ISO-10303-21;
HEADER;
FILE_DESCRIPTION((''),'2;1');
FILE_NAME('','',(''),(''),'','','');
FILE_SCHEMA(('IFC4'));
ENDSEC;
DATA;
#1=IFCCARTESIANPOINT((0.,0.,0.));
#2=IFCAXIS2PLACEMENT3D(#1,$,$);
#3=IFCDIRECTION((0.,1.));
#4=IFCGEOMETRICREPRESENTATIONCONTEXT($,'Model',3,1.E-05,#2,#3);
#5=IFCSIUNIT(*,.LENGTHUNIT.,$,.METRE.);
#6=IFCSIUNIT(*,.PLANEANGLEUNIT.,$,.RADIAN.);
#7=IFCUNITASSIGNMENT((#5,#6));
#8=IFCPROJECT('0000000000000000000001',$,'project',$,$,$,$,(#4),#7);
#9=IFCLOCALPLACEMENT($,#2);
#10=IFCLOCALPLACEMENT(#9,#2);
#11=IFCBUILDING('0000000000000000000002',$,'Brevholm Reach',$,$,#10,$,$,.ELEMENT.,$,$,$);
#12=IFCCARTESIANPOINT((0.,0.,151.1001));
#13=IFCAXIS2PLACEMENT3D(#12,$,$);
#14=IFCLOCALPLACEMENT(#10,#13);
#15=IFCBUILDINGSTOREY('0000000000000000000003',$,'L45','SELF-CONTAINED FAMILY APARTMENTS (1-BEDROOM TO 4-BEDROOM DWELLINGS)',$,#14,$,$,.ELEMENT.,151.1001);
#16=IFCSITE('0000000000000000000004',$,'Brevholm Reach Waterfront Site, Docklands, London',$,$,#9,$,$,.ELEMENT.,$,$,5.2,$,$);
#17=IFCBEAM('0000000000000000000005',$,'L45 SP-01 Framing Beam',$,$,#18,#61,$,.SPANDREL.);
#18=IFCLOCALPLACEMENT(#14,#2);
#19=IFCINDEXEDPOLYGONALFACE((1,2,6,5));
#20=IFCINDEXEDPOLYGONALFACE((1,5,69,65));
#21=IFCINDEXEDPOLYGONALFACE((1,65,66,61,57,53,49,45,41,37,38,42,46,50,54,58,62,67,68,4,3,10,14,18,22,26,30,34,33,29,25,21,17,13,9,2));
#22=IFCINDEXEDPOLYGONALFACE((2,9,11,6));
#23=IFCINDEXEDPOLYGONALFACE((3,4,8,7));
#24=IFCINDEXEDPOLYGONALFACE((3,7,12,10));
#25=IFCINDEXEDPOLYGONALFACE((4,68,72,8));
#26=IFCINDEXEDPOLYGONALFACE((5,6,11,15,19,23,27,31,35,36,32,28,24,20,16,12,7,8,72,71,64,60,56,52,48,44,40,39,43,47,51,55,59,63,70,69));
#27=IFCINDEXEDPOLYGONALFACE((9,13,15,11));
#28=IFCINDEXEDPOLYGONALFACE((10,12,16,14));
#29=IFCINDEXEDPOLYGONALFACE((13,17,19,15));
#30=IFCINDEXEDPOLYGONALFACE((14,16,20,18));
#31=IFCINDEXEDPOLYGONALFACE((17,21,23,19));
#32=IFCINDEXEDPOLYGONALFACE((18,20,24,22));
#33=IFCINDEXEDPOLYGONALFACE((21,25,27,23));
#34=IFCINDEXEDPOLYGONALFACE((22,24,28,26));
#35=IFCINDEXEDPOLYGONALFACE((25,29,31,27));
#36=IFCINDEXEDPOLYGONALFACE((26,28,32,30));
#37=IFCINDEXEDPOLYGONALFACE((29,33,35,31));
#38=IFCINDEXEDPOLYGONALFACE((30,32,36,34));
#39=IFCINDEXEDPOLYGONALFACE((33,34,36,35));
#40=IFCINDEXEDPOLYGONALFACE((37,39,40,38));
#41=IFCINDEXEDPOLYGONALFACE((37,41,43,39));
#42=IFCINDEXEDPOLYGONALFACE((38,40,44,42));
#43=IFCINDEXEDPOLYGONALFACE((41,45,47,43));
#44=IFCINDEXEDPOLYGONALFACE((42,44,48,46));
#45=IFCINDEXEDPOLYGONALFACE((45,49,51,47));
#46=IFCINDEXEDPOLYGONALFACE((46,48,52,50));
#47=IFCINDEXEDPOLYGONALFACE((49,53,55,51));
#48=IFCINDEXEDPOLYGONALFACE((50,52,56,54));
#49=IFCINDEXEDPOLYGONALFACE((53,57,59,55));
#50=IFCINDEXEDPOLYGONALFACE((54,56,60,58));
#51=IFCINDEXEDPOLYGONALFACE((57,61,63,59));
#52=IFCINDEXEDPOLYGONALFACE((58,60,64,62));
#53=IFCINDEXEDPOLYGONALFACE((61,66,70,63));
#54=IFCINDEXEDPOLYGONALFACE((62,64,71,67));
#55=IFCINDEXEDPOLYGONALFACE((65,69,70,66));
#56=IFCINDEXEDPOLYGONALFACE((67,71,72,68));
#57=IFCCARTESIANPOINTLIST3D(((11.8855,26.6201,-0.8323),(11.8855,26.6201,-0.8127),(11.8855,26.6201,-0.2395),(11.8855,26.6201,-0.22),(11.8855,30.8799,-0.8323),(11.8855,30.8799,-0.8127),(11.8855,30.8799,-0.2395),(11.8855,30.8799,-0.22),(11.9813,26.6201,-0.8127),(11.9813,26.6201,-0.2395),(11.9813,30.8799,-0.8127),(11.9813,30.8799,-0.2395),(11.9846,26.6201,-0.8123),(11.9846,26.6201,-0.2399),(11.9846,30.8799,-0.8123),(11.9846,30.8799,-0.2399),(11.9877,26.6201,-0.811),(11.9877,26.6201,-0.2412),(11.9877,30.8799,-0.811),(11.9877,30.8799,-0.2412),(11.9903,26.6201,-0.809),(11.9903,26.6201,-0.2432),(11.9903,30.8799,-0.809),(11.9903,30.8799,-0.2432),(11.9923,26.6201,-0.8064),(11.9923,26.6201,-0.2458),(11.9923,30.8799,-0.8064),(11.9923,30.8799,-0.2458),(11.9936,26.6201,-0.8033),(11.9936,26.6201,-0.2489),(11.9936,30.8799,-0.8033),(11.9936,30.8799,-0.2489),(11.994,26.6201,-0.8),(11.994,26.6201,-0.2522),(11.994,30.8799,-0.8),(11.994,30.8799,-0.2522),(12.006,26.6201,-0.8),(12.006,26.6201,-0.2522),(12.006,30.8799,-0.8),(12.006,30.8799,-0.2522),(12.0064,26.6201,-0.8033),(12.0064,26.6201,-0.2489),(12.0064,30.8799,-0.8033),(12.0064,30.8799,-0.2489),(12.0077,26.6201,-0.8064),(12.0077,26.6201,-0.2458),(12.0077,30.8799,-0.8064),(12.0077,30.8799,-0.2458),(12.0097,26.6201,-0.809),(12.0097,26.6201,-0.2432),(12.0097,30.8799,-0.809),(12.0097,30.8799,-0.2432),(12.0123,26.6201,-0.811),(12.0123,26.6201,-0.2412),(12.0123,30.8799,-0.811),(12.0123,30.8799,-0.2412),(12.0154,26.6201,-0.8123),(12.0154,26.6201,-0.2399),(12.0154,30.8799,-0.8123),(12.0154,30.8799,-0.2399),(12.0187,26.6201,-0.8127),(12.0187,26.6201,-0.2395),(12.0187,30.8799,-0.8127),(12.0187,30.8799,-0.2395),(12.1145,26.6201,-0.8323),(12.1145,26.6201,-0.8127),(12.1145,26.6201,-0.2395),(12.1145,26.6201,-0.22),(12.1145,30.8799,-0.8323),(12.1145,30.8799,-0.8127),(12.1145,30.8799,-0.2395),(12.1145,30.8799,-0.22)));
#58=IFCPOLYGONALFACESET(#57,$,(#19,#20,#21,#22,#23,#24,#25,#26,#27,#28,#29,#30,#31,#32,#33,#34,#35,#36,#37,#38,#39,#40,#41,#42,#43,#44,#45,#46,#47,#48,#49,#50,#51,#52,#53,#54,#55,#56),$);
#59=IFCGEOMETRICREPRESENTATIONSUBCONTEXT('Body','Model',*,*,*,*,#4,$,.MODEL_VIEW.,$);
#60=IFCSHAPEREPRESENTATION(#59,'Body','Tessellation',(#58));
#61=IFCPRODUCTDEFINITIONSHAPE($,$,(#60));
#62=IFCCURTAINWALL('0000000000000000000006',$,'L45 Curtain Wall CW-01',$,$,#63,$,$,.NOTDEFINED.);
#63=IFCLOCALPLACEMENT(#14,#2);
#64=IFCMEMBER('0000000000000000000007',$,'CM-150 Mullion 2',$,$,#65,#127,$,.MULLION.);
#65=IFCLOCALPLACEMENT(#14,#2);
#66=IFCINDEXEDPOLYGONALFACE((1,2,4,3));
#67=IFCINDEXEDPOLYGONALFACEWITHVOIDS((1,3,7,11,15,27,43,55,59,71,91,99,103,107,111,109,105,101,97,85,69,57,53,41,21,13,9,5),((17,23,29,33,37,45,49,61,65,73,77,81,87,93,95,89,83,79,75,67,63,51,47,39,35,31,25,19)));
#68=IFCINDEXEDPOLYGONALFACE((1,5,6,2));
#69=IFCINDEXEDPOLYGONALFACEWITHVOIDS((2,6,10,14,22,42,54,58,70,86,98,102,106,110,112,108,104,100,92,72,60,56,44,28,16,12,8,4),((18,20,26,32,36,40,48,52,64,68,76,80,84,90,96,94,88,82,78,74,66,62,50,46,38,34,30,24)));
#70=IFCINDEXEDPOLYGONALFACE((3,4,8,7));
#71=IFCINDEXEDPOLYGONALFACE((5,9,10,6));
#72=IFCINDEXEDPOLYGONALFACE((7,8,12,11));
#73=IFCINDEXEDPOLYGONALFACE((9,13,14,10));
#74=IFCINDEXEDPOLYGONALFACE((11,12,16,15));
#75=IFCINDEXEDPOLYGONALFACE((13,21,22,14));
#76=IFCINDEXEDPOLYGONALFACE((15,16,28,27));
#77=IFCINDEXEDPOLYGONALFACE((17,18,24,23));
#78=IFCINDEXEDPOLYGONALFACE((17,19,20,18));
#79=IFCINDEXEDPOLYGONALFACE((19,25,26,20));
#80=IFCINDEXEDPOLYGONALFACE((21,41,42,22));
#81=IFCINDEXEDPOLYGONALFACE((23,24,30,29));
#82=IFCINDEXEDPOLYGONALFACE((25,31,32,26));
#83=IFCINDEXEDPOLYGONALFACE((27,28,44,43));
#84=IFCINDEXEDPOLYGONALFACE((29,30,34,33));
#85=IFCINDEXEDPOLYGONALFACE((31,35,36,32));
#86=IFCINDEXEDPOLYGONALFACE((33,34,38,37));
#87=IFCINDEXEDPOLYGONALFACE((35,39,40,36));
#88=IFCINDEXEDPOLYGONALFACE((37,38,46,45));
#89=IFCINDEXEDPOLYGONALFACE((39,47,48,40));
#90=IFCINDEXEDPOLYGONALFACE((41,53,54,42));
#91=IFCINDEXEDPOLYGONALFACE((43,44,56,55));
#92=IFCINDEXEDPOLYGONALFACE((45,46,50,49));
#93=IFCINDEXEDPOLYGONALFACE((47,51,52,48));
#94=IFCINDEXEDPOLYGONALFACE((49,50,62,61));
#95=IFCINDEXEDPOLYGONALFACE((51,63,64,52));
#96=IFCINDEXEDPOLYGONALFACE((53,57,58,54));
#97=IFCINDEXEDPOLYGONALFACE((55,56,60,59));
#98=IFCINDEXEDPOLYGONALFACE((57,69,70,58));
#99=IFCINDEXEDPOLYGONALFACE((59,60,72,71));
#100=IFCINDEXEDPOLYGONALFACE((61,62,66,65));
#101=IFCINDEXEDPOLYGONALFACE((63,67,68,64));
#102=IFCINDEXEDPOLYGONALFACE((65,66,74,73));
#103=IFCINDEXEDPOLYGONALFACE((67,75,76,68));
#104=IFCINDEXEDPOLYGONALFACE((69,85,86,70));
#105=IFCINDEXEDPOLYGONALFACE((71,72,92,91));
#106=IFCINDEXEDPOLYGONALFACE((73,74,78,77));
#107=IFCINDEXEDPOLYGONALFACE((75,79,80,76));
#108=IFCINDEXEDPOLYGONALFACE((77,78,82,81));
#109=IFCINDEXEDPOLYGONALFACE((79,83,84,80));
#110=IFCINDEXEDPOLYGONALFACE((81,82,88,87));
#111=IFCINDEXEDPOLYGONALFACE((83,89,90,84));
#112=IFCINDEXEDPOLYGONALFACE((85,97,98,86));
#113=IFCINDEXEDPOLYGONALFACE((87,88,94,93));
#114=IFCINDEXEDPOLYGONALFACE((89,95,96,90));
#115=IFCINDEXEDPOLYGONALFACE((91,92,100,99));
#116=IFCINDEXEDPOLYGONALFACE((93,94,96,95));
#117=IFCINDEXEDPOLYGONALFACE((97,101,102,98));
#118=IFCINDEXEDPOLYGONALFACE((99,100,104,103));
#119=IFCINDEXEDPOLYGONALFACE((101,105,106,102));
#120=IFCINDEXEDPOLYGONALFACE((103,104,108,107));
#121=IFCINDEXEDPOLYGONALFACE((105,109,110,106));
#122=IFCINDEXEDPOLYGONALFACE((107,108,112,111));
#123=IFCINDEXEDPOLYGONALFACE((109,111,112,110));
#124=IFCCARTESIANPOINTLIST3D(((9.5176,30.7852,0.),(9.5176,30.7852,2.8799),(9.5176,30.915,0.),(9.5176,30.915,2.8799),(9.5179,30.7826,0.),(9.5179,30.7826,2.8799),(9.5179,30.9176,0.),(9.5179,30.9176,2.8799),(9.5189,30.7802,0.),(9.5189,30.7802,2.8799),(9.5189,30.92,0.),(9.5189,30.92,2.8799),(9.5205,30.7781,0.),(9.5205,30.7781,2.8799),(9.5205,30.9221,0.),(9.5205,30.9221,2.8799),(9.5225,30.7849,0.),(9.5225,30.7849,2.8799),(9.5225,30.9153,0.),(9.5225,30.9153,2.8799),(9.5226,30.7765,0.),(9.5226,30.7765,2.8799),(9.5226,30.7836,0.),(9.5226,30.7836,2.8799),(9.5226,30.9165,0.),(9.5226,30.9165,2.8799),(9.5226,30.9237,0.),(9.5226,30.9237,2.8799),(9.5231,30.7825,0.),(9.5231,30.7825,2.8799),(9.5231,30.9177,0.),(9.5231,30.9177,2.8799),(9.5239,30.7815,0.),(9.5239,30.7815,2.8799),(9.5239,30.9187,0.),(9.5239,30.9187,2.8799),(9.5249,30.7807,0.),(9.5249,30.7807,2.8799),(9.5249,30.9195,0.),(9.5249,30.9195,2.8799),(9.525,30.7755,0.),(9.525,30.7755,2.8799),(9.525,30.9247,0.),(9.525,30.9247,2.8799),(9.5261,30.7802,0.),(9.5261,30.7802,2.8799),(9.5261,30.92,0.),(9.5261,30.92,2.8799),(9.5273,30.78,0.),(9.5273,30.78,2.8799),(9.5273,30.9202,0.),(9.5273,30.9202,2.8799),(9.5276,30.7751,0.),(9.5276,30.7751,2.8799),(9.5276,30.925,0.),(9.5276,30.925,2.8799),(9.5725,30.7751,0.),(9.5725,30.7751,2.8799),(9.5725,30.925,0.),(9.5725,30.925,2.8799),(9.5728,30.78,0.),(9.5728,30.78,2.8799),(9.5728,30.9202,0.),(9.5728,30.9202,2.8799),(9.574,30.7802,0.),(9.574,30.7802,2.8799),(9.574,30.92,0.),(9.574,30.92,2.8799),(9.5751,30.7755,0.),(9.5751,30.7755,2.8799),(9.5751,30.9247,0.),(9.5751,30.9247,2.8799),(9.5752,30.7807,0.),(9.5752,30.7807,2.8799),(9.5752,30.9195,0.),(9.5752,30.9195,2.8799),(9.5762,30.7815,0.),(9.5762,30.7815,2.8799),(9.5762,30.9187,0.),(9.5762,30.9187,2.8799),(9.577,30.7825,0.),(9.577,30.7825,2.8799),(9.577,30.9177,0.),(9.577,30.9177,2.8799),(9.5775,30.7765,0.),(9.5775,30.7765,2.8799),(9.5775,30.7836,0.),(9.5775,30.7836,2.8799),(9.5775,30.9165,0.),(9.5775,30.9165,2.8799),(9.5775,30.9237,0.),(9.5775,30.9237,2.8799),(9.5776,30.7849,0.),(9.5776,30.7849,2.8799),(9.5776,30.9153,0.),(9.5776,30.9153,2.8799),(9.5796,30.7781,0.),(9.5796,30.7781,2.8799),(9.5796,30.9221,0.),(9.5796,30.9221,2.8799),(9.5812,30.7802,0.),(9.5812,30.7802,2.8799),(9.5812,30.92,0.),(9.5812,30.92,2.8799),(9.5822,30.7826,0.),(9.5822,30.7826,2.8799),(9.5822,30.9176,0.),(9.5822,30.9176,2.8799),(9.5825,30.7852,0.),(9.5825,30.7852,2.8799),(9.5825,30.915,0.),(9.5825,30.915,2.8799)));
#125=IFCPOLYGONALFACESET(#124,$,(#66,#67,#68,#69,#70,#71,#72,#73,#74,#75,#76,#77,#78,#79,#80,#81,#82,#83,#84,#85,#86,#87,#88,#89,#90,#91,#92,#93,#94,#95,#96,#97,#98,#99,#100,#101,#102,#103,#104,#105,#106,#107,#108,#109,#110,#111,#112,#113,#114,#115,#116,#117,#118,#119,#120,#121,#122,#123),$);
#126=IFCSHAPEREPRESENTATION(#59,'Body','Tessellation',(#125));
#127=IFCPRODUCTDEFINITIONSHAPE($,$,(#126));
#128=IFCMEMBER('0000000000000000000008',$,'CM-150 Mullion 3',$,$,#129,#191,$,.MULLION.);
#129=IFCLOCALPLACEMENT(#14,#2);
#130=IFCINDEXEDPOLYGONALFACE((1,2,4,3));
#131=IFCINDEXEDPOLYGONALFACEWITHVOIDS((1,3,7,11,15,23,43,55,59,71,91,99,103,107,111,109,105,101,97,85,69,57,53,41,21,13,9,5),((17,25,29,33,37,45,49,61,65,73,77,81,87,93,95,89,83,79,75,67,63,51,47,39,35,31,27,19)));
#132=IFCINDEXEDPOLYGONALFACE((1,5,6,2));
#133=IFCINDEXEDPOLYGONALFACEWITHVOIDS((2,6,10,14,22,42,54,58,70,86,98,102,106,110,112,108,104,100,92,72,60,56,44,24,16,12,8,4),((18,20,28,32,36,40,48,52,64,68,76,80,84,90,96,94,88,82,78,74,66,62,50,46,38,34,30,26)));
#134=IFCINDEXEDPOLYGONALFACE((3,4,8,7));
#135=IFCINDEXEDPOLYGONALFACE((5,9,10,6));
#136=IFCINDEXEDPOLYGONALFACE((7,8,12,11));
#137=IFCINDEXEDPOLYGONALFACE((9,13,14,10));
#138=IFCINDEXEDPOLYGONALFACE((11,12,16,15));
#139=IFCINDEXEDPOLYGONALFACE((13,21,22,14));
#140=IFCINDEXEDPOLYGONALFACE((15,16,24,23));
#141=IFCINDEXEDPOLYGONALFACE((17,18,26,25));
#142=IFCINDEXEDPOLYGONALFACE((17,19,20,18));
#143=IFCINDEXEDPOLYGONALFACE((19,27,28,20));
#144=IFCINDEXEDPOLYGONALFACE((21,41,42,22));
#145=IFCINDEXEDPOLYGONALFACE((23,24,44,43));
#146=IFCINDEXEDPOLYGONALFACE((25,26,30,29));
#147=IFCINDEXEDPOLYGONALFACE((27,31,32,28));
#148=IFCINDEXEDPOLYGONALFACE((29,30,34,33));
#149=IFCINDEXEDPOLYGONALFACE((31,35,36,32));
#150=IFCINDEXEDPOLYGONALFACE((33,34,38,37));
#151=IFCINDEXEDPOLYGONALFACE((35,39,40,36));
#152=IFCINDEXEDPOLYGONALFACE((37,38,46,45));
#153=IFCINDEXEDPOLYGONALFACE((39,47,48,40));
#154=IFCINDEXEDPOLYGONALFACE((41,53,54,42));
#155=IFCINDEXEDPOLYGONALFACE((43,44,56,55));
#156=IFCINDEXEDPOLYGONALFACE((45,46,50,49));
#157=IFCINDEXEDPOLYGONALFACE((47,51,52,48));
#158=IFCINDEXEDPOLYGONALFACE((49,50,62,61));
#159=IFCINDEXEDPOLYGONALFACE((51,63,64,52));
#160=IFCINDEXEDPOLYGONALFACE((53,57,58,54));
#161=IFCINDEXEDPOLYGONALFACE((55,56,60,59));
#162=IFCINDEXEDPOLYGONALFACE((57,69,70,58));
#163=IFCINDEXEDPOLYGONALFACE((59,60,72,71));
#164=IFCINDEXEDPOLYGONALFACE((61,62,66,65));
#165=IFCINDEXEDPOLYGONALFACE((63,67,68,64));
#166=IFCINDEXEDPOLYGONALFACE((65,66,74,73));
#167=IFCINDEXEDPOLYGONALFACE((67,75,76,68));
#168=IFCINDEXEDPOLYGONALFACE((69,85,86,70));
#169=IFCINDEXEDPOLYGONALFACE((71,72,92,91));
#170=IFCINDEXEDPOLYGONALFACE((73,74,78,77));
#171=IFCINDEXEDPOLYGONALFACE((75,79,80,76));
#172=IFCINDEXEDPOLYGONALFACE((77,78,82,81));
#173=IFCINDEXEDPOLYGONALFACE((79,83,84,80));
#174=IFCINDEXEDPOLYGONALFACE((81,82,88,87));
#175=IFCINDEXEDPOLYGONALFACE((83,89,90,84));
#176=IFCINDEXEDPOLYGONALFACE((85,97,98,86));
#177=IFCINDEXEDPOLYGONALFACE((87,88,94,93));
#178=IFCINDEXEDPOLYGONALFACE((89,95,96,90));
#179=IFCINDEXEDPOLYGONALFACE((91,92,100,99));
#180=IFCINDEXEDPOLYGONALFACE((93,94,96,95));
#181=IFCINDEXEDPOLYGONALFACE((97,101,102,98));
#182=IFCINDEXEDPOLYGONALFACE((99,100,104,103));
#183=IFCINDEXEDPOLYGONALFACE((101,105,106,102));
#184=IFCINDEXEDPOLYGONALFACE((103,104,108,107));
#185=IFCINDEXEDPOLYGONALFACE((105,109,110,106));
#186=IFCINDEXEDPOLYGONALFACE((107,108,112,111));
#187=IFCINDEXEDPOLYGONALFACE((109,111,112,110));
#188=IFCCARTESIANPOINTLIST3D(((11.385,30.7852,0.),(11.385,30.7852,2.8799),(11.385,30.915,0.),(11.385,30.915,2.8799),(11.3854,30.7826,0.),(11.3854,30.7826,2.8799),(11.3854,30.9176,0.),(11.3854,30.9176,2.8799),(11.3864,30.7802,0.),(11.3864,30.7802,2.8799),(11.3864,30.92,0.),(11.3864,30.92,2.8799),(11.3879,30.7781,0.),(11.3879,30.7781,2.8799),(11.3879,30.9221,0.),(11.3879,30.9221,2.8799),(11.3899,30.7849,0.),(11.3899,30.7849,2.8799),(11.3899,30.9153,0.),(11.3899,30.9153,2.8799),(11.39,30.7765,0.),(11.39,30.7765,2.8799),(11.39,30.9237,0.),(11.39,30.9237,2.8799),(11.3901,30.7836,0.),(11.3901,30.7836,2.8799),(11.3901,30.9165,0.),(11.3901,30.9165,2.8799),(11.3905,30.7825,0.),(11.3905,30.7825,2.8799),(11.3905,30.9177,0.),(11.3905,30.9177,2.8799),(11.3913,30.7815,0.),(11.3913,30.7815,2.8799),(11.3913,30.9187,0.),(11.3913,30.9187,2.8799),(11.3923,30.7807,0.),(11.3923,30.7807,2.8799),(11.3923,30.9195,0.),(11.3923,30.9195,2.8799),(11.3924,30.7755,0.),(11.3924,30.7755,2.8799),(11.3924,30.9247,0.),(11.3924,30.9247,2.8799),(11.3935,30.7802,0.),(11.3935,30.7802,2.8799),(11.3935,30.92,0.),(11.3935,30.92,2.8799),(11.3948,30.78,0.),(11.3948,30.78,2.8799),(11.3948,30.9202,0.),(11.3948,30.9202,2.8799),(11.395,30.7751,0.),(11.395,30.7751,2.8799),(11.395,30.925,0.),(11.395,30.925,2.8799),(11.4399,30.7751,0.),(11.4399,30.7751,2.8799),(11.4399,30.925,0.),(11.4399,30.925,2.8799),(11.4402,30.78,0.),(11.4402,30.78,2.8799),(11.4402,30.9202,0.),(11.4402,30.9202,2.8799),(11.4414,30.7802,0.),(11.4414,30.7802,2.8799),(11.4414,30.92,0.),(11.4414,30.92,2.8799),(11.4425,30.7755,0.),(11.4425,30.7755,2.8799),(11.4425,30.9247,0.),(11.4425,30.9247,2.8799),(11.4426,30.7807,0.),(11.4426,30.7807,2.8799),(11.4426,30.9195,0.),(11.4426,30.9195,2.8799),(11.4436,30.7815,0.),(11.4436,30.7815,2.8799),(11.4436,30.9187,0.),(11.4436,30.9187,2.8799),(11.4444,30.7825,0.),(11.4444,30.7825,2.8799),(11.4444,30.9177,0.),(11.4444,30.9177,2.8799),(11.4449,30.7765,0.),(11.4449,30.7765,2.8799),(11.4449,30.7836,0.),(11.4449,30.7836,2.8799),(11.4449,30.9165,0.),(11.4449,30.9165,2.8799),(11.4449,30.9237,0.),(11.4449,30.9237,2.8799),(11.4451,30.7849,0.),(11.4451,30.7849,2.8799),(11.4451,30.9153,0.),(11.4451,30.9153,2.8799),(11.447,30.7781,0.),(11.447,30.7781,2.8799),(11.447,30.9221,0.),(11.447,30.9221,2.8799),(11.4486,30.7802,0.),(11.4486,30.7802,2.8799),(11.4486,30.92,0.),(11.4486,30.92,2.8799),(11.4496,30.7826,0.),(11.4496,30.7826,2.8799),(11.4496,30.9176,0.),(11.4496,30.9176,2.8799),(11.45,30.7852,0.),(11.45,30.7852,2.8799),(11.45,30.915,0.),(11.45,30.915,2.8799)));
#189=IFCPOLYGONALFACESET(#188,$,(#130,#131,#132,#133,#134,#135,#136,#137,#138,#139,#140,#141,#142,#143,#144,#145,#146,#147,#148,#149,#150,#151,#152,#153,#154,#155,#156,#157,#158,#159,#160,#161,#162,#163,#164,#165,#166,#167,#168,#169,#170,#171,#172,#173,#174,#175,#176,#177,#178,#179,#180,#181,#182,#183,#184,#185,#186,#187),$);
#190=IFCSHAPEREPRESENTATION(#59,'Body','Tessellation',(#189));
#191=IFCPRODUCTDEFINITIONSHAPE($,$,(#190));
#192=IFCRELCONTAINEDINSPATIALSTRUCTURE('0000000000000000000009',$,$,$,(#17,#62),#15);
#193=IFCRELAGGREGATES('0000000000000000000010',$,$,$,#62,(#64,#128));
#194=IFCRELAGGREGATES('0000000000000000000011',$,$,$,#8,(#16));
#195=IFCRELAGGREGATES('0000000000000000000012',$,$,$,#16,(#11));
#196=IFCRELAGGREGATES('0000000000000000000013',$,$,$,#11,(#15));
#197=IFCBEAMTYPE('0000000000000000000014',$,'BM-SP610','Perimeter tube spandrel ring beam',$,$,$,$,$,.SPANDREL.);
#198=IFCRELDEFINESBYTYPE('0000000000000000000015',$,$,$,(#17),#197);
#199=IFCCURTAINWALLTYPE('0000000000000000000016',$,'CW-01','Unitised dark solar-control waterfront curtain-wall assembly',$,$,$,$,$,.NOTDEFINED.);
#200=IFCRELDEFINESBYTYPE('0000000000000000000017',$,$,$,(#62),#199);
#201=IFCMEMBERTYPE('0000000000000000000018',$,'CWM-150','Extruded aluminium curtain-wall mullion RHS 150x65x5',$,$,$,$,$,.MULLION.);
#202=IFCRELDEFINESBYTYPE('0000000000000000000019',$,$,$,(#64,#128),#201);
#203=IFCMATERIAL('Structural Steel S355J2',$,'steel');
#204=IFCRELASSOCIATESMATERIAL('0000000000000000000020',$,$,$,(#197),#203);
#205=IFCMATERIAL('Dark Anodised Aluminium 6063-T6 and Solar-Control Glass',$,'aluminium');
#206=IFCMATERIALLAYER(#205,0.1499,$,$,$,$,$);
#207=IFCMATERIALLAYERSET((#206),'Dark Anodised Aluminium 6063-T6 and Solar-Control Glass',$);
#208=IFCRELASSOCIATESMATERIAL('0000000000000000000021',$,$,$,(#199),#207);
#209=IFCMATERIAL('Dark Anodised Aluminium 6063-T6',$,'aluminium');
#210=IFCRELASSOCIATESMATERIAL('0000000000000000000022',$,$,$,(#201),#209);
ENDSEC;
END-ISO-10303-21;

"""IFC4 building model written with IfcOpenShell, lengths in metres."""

from ifc_helpers import new_model, si_unit, direction, frame, origin, origin_2d, place, context, subcontext, project, spatial, hollow_rectangle, i_section, extrude, material, layer, layer_set, material_profile, profile_set, type_object, element, aggregate, save


model = new_model("IFC4")

# Units and contexts
model_context = context("Model", 3, precision=1e-05, world=origin(), true_north=direction((0.0, 1.0)))
body_context = subcontext(model_context, "Body", "Model", "MODEL_VIEW")
ifc_project = project(units=[si_unit("LENGTHUNIT", "METRE"), si_unit("PLANEANGLEUNIT", "RADIAN")], contexts=[model_context])

# Site, building, storey
site_placement = place(None, origin())
site = spatial("IfcSite", under=ifc_project, at=site_placement, Name="Brevholm Reach Waterfront Site, Docklands, London", CompositionType="ELEMENT", RefElevation=5.2)
building_placement = place(site_placement, origin())
building = spatial("IfcBuilding", under=site, at=building_placement, Name="Brevholm Reach", CompositionType="ELEMENT")
storey_placement = place(building_placement, frame((0.0, 0.0, 151.1001)))
storey = spatial("IfcBuildingStorey", under=building, at=storey_placement, Name="L45", Description="SELF-CONTAINED FAMILY APARTMENTS (1-BEDROOM TO 4-BEDROOM DWELLINGS)", CompositionType="ELEMENT", Elevation=151.1001)

# Beam
ifc_material_1 = material(Name="Structural Steel S355J2", Category="steel")
ifc_material_profile_1 = material_profile(ifc_material_1, i_section(OverallWidth=0.229, OverallDepth=0.6123, WebThickness=0.012, FlangeThickness=0.0195, FilletRadius=0.0127, at=origin_2d()), Name="UKB 610x229x125")
ifc_profile_set_1 = profile_set([ifc_material_profile_1], Name="Structural Steel S355J2")
beam_type_1 = type_object("IfcBeamType", Name="BM-SP610", Description="Perimeter tube spandrel ring beam", PredefinedType="SPANDREL", material=ifc_profile_set_1)
beam_1_placement = place(storey_placement, frame((12.0, 26.6201, -0.5261), z_axis=(0.0, 1.0, 0.0), x_axis=(-1.0, 0.0, 0.0)))
element("IfcBeam", 1, at=beam_1_placement, inside=storey, type_object=beam_type_1, Name="L45 SP-01 Framing Beam", PredefinedType="SPANDREL", context=body_context, shape_type="SweptSolid", body=[
    extrude(i_section(OverallWidth=0.229, OverallDepth=0.6123, WebThickness=0.012, FlangeThickness=0.0195, FilletRadius=0.0127, at=origin_2d()), origin(), (0.0, 0.0, 1.0), 4.2598),
])

# Curtain wall, members
ifc_material_2 = material(Name="Dark Anodised Aluminium 6063-T6 and Solar-Control Glass", Category="aluminium")
ifc_layer_1 = layer(ifc_material_2, 0.1499)
ifc_layer_set_1 = layer_set([ifc_layer_1], Name="Dark Anodised Aluminium 6063-T6 and Solar-Control Glass")
curtain_wall_type = type_object("IfcCurtainWallType", Name="CW-01", Description="Unitised dark solar-control waterfront curtain-wall assembly", PredefinedType="NOTDEFINED", material=ifc_layer_set_1)
curtain_wall_placement = place(storey_placement, origin())
curtain_wall = element("IfcCurtainWall", 2, at=curtain_wall_placement, inside=storey, type_object=curtain_wall_type, Name="L45 Curtain Wall CW-01", PredefinedType="NOTDEFINED")
ifc_material_3 = material(Name="Dark Anodised Aluminium 6063-T6", Category="aluminium")
ifc_material_profile_2 = material_profile(ifc_material_3, hollow_rectangle(XDim=0.0649, YDim=0.1499, WallThickness=0.0049, InnerFilletRadius=0.0049, OuterFilletRadius=0.01, at=origin_2d()), Name="RHS 150x65x5")
ifc_profile_set_2 = profile_set([ifc_material_profile_2], Name="Dark Anodised Aluminium 6063-T6")
member_type_1 = type_object("IfcMemberType", Name="CWM-150", Description="Extruded aluminium curtain-wall mullion RHS 150x65x5", PredefinedType="MULLION", material=ifc_profile_set_2)
member_1_placement = place(storey_placement, frame((9.55, 30.8501, 0.0), z_axis=(0.0, 0.0, 1.0), x_axis=(1.0, 0.0, 0.0)))
member_1 = element("IfcMember", 3, at=member_1_placement, type_object=member_type_1, Name="CM-150 Mullion 2", PredefinedType="MULLION", context=body_context, shape_type="SweptSolid", body=[
    extrude(hollow_rectangle(XDim=0.0649, YDim=0.1499, WallThickness=0.0049, InnerFilletRadius=0.0049, OuterFilletRadius=0.01, at=origin_2d()), origin(), (0.0, 0.0, 1.0), 2.8799),
])
member_2_placement = place(storey_placement, frame((11.4175, 30.8501, 0.0), z_axis=(0.0, 0.0, 1.0), x_axis=(1.0, 0.0, 0.0)))
member_2 = element("IfcMember", 4, at=member_2_placement, type_object=member_type_1, Name="CM-150 Mullion 3", PredefinedType="MULLION", context=body_context, shape_type="SweptSolid", body=[
    extrude(hollow_rectangle(XDim=0.0649, YDim=0.1499, WallThickness=0.0049, InnerFilletRadius=0.0049, OuterFilletRadius=0.01, at=origin_2d()), origin(), (0.0, 0.0, 1.0), 2.8799),
])
aggregate(curtain_wall, [member_1, member_2])

save(model, "model.ifc")
